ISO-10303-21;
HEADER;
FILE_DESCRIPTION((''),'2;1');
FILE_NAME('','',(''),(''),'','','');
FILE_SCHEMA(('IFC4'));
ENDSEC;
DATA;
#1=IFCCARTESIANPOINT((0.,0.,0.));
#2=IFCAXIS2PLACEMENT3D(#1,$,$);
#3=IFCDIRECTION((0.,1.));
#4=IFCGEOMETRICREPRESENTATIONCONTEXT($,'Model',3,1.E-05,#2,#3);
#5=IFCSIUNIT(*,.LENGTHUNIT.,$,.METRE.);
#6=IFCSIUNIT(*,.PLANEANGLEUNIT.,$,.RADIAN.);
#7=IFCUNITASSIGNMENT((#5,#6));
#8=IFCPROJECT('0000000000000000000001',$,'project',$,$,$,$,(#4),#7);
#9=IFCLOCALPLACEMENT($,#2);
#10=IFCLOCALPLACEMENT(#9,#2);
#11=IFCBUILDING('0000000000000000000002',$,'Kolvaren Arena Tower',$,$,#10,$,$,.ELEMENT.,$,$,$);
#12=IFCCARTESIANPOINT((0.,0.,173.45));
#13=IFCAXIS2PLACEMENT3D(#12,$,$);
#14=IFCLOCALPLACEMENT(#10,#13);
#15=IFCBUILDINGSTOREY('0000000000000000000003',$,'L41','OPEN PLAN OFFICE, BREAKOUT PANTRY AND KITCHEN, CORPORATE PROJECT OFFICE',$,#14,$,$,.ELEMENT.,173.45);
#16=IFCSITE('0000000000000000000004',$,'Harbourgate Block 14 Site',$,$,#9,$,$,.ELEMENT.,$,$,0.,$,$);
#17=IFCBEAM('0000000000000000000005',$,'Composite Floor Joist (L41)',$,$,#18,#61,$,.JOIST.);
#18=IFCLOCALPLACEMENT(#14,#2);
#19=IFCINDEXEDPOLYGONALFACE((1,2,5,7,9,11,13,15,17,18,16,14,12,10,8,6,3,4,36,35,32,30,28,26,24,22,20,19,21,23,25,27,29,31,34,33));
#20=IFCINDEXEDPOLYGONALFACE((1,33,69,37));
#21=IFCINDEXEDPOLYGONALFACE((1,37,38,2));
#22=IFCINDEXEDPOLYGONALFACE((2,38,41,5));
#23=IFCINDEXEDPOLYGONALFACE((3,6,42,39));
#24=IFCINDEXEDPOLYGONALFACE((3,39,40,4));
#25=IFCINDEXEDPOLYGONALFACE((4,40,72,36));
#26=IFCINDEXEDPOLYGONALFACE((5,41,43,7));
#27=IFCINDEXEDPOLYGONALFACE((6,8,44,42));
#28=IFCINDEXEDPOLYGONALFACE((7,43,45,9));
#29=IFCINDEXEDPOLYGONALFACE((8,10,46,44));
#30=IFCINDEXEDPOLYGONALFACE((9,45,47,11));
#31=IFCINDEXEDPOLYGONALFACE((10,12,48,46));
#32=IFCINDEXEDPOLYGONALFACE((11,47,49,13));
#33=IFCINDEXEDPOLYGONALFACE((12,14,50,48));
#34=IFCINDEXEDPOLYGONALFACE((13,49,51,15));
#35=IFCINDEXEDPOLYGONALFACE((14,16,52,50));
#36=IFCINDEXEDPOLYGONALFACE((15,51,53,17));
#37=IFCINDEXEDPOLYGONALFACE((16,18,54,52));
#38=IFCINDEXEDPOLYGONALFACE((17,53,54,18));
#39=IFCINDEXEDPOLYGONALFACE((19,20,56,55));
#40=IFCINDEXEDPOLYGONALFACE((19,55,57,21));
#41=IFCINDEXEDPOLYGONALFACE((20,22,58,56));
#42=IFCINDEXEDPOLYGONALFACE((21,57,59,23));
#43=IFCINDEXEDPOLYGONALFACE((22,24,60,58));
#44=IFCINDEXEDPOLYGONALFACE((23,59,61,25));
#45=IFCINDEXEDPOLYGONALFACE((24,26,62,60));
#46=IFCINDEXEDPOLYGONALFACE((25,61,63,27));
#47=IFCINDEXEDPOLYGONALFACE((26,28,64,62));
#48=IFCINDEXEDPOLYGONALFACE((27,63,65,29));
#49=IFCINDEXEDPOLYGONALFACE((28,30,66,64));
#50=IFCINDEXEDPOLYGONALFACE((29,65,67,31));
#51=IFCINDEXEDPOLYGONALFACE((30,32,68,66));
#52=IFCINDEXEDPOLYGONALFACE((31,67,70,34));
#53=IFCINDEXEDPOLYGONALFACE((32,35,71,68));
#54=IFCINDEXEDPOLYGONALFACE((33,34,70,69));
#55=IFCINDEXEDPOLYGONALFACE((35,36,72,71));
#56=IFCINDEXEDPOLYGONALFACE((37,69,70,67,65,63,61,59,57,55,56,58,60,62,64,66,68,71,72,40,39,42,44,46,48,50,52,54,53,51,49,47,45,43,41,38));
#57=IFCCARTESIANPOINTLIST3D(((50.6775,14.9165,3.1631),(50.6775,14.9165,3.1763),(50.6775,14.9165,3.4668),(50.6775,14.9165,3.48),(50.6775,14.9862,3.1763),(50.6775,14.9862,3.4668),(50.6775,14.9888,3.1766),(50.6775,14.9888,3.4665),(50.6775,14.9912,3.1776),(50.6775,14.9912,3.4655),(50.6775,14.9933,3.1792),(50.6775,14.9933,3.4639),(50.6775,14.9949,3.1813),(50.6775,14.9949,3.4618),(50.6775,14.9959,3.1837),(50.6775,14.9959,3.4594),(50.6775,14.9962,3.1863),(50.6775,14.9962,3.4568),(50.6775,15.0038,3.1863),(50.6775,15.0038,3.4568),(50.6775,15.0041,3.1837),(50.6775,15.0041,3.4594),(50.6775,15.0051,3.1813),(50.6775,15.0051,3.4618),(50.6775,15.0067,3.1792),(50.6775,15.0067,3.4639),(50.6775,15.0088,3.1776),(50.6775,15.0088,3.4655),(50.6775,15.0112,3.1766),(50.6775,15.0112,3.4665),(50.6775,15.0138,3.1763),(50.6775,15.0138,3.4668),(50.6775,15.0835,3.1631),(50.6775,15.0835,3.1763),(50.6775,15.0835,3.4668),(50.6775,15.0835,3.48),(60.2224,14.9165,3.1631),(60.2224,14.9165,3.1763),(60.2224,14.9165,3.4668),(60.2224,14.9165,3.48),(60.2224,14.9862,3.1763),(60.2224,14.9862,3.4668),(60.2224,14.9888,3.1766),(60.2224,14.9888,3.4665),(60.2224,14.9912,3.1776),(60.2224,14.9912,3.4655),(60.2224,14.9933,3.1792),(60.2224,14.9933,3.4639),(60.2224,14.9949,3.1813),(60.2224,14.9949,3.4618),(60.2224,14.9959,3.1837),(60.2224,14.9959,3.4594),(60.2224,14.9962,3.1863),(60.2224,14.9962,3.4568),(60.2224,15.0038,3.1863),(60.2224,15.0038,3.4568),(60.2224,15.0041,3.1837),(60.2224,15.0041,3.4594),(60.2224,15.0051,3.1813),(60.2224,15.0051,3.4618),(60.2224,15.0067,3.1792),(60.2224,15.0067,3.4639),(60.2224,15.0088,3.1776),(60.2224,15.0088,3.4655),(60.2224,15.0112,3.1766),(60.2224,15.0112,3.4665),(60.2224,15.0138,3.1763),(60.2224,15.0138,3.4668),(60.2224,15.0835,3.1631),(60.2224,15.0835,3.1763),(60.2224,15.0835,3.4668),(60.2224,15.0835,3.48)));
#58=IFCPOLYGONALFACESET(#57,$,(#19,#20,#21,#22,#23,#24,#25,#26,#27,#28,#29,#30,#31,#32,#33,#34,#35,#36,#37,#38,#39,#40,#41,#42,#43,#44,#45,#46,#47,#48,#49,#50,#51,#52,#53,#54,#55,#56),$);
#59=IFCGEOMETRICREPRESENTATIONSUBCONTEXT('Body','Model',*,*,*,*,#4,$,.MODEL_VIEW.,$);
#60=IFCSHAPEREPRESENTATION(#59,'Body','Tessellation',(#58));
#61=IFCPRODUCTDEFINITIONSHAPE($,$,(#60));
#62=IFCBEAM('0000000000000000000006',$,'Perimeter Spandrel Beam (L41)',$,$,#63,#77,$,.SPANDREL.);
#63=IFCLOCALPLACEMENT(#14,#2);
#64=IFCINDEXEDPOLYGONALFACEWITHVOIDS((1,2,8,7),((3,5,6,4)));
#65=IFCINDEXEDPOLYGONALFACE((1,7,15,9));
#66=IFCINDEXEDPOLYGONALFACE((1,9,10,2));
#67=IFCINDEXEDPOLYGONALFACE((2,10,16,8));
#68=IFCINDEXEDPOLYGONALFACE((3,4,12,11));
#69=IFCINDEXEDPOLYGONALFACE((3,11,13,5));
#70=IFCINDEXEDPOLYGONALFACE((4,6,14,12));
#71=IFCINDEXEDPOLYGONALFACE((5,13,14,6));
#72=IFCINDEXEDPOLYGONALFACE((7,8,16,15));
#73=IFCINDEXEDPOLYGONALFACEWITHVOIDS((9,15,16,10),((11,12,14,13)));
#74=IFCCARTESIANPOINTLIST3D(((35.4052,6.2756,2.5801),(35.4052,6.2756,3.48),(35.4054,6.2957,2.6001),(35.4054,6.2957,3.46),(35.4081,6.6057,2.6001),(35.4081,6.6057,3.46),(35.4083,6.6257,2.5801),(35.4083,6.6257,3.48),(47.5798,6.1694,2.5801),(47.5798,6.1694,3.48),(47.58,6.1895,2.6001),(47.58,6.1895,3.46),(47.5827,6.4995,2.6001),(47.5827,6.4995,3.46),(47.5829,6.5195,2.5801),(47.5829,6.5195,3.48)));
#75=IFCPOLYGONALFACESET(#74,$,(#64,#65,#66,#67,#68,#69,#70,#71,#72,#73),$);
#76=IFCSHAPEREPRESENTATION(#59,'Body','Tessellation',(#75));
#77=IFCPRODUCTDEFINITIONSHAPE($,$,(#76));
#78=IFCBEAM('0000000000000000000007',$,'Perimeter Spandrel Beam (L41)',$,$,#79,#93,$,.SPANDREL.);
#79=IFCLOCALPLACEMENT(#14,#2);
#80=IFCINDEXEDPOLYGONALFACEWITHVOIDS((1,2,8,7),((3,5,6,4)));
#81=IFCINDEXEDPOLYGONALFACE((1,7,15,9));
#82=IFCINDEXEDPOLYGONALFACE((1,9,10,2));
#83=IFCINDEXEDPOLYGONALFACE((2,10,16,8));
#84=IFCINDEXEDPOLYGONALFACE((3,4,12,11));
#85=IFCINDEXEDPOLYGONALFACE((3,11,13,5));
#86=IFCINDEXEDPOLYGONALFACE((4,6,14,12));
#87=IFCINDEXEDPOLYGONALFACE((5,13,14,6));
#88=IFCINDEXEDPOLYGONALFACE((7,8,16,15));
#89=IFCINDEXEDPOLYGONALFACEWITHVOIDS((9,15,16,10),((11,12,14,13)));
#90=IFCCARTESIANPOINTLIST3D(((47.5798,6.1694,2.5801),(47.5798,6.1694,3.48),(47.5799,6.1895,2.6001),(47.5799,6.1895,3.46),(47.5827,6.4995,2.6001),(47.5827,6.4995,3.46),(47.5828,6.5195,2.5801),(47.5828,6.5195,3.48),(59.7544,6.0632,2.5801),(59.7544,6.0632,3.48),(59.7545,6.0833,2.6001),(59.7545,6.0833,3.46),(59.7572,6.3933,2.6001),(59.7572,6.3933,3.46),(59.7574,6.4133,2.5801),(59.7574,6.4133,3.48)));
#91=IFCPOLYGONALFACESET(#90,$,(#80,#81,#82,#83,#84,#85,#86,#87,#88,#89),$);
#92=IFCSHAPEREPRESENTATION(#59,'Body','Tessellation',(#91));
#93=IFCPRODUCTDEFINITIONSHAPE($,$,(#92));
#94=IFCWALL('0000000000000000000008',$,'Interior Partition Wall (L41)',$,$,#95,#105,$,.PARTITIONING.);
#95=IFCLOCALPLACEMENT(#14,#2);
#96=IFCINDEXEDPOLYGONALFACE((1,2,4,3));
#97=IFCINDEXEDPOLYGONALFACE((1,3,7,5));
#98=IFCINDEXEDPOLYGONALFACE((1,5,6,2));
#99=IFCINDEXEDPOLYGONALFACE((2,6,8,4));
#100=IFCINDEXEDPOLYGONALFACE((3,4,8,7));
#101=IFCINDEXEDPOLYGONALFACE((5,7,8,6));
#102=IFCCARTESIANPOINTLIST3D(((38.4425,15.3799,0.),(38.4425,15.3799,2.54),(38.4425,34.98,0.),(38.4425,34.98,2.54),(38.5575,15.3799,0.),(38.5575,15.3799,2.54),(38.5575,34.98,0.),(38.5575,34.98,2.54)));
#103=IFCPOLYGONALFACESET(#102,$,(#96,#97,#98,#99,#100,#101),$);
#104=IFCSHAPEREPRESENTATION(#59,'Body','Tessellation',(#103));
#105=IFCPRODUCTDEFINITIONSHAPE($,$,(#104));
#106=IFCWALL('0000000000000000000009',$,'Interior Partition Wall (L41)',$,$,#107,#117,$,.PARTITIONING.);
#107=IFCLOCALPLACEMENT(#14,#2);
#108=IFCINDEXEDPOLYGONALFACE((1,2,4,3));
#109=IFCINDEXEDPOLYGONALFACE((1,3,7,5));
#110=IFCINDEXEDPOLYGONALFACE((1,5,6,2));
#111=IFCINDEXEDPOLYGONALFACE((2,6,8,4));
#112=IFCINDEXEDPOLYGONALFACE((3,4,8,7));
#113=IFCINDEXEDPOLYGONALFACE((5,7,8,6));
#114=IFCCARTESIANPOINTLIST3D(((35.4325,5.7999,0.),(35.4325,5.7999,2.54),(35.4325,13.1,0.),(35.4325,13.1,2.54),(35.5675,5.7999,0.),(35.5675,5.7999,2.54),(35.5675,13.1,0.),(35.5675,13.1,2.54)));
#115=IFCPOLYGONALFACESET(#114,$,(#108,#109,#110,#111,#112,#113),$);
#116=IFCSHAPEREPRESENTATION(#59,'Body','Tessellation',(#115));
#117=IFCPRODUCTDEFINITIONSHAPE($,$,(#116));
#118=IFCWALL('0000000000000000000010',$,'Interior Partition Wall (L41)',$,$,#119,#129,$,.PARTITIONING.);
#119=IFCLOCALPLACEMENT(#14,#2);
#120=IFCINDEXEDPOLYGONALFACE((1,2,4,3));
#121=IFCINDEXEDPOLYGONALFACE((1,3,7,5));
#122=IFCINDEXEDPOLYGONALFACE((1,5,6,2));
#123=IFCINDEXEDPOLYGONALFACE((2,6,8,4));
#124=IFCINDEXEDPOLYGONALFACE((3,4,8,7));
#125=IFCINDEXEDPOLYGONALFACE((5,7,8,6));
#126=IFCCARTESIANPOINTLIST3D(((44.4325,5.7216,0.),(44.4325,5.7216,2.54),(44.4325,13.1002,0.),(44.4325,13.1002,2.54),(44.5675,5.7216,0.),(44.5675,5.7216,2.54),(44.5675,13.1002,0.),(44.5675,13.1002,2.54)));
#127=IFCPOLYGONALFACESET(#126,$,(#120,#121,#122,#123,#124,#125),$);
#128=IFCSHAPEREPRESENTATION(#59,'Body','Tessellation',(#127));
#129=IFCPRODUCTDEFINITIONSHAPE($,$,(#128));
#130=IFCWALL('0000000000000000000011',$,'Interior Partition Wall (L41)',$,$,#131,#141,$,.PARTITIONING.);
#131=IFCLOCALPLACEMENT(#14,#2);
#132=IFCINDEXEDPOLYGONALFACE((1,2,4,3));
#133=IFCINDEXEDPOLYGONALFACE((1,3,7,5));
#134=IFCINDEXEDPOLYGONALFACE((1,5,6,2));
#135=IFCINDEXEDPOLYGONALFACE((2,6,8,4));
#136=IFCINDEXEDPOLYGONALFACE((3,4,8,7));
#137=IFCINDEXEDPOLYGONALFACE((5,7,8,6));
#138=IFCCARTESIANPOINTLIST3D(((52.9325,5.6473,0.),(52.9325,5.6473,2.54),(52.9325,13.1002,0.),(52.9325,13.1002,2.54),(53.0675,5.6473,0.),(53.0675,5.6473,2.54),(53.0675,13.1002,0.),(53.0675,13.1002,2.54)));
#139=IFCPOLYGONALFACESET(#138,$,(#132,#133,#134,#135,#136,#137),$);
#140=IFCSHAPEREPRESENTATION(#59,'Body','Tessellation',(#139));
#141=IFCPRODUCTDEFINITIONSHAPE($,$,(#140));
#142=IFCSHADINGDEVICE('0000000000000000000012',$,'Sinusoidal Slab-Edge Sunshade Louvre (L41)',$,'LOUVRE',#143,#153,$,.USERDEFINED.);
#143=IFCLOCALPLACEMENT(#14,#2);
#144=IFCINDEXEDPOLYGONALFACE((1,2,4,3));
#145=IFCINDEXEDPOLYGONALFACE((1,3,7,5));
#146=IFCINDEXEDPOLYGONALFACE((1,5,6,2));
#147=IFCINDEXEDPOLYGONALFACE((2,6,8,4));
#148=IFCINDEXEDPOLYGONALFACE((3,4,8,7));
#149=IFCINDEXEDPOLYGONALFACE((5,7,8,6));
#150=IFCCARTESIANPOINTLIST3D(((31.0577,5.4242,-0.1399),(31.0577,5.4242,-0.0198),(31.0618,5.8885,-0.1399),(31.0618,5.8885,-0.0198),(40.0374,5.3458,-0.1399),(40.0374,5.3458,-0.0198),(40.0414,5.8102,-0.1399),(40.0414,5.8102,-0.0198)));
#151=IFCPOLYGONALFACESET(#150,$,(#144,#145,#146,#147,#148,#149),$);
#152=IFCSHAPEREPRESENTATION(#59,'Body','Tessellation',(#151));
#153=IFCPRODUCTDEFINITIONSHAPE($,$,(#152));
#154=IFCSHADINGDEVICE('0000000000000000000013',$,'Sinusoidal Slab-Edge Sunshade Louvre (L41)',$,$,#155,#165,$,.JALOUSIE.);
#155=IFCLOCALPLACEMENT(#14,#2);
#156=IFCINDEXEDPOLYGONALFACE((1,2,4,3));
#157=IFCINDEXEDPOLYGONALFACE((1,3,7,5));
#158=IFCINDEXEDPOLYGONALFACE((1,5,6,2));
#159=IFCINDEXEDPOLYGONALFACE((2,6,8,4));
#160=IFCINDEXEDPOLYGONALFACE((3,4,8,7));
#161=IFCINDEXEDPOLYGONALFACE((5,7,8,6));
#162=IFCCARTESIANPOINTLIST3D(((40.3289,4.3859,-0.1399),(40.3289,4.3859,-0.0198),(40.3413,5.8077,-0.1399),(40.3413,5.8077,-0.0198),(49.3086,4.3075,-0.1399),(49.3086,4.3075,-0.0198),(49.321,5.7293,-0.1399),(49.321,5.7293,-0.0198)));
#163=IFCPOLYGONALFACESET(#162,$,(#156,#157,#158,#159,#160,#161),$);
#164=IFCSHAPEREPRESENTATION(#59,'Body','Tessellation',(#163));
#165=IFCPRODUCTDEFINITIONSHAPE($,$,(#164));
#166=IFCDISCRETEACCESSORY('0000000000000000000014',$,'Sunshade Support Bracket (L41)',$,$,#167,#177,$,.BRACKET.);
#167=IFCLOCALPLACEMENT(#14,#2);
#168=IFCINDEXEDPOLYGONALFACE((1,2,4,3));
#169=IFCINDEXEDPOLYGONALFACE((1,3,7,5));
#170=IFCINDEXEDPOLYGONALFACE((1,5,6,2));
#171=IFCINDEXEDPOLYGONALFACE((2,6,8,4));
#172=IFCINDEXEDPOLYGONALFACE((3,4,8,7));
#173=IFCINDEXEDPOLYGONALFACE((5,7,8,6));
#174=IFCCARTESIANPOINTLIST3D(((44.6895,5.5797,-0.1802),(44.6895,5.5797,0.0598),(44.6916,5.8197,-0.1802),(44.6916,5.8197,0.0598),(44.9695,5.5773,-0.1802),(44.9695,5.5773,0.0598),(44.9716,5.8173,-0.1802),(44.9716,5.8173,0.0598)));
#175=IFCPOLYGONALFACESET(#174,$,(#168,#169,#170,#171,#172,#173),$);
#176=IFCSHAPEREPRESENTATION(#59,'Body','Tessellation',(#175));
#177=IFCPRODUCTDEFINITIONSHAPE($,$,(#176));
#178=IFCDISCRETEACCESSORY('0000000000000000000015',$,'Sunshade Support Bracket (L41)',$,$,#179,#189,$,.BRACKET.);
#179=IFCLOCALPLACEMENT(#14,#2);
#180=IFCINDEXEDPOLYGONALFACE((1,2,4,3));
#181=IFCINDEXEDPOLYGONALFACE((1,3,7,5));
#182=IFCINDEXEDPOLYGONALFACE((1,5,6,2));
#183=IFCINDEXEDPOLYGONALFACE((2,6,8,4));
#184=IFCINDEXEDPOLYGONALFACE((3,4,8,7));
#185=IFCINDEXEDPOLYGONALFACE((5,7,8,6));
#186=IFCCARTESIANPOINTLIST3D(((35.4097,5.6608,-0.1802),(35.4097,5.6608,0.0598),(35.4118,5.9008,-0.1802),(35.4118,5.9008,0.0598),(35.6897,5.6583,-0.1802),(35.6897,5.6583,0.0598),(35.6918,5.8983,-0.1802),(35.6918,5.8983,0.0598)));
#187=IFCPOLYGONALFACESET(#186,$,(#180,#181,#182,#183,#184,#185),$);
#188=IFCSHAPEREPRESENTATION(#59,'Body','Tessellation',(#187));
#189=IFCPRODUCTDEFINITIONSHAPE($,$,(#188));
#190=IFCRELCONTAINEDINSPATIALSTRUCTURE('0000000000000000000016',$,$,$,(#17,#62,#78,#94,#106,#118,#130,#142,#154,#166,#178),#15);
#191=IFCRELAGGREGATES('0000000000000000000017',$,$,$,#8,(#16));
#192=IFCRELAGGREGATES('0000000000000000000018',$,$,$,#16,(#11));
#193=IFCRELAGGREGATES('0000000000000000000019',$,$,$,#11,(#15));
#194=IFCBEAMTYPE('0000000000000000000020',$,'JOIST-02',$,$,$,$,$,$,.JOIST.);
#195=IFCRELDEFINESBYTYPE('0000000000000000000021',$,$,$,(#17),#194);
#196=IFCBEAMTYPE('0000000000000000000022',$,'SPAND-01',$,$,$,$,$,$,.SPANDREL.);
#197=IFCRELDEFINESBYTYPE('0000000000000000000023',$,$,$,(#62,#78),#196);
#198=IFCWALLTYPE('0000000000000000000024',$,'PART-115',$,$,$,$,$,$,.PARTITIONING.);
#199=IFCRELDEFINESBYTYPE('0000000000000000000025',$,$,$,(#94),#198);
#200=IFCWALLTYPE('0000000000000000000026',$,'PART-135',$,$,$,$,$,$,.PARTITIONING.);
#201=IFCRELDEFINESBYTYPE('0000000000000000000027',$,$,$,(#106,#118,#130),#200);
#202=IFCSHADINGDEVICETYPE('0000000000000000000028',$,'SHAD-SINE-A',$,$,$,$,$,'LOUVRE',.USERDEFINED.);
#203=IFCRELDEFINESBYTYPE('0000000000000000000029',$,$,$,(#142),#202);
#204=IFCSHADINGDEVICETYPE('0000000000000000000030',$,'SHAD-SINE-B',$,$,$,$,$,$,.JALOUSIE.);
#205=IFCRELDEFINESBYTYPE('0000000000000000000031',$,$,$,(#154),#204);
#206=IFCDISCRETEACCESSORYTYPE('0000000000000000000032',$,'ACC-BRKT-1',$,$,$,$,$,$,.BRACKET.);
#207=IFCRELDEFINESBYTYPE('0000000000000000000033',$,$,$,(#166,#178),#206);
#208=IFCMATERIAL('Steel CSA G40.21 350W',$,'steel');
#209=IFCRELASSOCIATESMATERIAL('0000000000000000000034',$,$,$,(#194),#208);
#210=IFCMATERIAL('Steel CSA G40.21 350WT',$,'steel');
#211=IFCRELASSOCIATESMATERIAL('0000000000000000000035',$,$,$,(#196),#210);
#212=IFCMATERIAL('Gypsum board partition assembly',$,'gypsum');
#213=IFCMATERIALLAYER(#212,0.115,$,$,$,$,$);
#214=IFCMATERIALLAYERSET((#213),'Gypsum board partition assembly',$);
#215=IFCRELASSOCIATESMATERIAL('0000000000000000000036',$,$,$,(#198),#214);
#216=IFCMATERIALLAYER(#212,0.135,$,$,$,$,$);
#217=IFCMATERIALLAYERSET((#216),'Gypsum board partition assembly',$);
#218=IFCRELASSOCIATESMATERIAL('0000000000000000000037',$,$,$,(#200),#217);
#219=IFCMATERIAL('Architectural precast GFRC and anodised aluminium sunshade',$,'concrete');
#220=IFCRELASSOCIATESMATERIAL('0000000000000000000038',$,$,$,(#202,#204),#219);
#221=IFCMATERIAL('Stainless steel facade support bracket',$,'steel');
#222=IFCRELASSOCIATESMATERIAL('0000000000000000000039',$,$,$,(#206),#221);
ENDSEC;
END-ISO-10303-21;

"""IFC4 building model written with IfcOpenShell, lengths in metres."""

from ifc_helpers import new_model, si_unit, direction, frame, frame_2d, origin, origin_2d, place, context, subcontext, project, spatial, rectangle, hollow_rectangle, i_section, extrude, material, layer, layer_set, material_profile, profile_set, type_object, element, save


model = new_model("IFC4")

# Units and contexts
model_context = context("Model", 3, precision=1e-05, world=origin(), true_north=direction((0.0, 1.0)))
body_context = subcontext(model_context, "Body", "Model", "MODEL_VIEW")
ifc_project = project(units=[si_unit("LENGTHUNIT", "METRE"), si_unit("PLANEANGLEUNIT", "RADIAN")], contexts=[model_context])

# Site, building, storey
site_placement = place(None, origin())
site = spatial("IfcSite", under=ifc_project, at=site_placement, Name="Harbourgate Block 14 Site", CompositionType="ELEMENT", RefElevation=0.0)
building_placement = place(site_placement, origin())
building = spatial("IfcBuilding", under=site, at=building_placement, Name="Kolvaren Arena Tower", CompositionType="ELEMENT")
storey_placement = place(building_placement, frame((0.0, 0.0, 173.45)))
storey = spatial("IfcBuildingStorey", under=building, at=storey_placement, Name="L41", Description="OPEN PLAN OFFICE, BREAKOUT PANTRY AND KITCHEN, CORPORATE PROJECT OFFICE", CompositionType="ELEMENT", Elevation=173.45)

# Beams
ifc_material_1 = material(Name="Steel CSA G40.21 350W", Category="steel")
ifc_material_profile_1 = material_profile(ifc_material_1, i_section(OverallWidth=0.167, OverallDepth=0.3169, WebThickness=0.0076, FlangeThickness=0.0132, FilletRadius=0.01, at=origin_2d()), Name="W310x52")
ifc_profile_set_1 = profile_set([ifc_material_profile_1], Name="Steel CSA G40.21 350W")
beam_type_1 = type_object("IfcBeamType", Name="JOIST-02", PredefinedType="JOIST", material=ifc_profile_set_1)
beam_1_placement = place(storey_placement, frame((50.6775, 15.0, 3.3215), z_axis=(1.0, 0.0, 0.0), x_axis=(0.0, 1.0, 0.0)))
element("IfcBeam", 1, at=beam_1_placement, inside=storey, type_object=beam_type_1, Name="Composite Floor Joist (L41)", PredefinedType="JOIST", context=body_context, shape_type="SweptSolid", body=[
    extrude(i_section(OverallWidth=0.167, OverallDepth=0.3169, WebThickness=0.0076, FlangeThickness=0.0132, FilletRadius=0.01, at=origin_2d()), origin(), (0.0, 0.0, 1.0), 9.5449),
])
ifc_material_2 = material(Name="Steel CSA G40.21 350WT", Category="steel")
ifc_material_profile_2 = material_profile(ifc_material_2, hollow_rectangle(XDim=0.3501, YDim=0.8999, WallThickness=0.02, at=origin_2d()), Name="HSS 900x350x20")
ifc_profile_set_2 = profile_set([ifc_material_profile_2], Name="Steel CSA G40.21 350WT")
beam_type_2 = type_object("IfcBeamType", Name="SPAND-01", PredefinedType="SPANDREL", material=ifc_profile_set_2)
for number, where, z_axis, x_axis, name in (
    (2, (35.4067, 6.4507, 3.03), (0.999962, -0.008723, 0.0), (0.008723, 0.999962, 0.0), "Perimeter Spandrel Beam (L41)"),
    (3, (47.5813, 6.3445, 3.03), (0.999962, -0.008723, 0.0), (0.008723, 0.999962, 0.0), "Perimeter Spandrel Beam (L41)"),
):
    element("IfcBeam", number, at=place(storey_placement, frame(where, z_axis=z_axis, x_axis=x_axis)), inside=storey, type_object=beam_type_2, Name=name, PredefinedType="SPANDREL", context=body_context, shape_type="SweptSolid", body=[
        extrude(hollow_rectangle(XDim=0.3501, YDim=0.8999, WallThickness=0.02, at=origin_2d()), origin(), (0.0, 0.0, 1.0), 12.175),
    ])

# Walls
ifc_material_3 = material(Name="Gypsum board partition assembly", Category="gypsum")
ifc_layer_1 = layer(ifc_material_3, 0.115)
ifc_layer_set_1 = layer_set([ifc_layer_1], Name="Gypsum board partition assembly")
wall_type_1 = type_object("IfcWallType", Name="PART-115", PredefinedType="PARTITIONING", material=ifc_layer_set_1)
wall_1_placement = place(storey_placement, frame((38.5, 15.3799, 0.0), z_axis=(0.0, 0.0, 1.0), x_axis=(0.0, 1.0, 0.0)))
element("IfcWall", 4, at=wall_1_placement, inside=storey, type_object=wall_type_1, Name="Interior Partition Wall (L41)", PredefinedType="PARTITIONING", context=body_context, shape_type="SweptSolid", body=[
    extrude(rectangle(XDim=19.6001, YDim=0.115, at=frame_2d((9.8, 0.0))), origin(), (0.0, 0.0, 1.0), 2.54),
])
ifc_layer_2 = layer(ifc_material_3, 0.135)
ifc_layer_set_2 = layer_set([ifc_layer_2], Name="Gypsum board partition assembly")
wall_type_2 = type_object("IfcWallType", Name="PART-135", PredefinedType="PARTITIONING", material=ifc_layer_set_2)
wall_2_placement = place(storey_placement, frame((35.5, 5.8, 0.0), z_axis=(0.0, 0.0, 1.0), x_axis=(0.0, 1.0, 0.0)))
element("IfcWall", 5, at=wall_2_placement, inside=storey, type_object=wall_type_2, Name="Interior Partition Wall (L41)", PredefinedType="PARTITIONING", context=body_context, shape_type="SweptSolid", body=[
    extrude(rectangle(XDim=7.3, YDim=0.135, at=frame_2d((3.6499, 0.0))), origin(), (0.0, 0.0, 1.0), 2.54),
])
wall_3_placement = place(storey_placement, frame((44.5, 5.7214, 0.0), z_axis=(0.0, 0.0, 1.0), x_axis=(0.0, 1.0, 0.0)))
element("IfcWall", 6, at=wall_3_placement, inside=storey, type_object=wall_type_2, Name="Interior Partition Wall (L41)", PredefinedType="PARTITIONING", context=body_context, shape_type="SweptSolid", body=[
    extrude(rectangle(XDim=7.3787, YDim=0.135, at=frame_2d((3.6895, 0.0))), origin(), (0.0, 0.0, 1.0), 2.54),
])
wall_4_placement = place(storey_placement, frame((53.0, 5.6472, 0.0), z_axis=(0.0, 0.0, 1.0), x_axis=(0.0, 1.0, 0.0)))
element("IfcWall", 7, at=wall_4_placement, inside=storey, type_object=wall_type_2, Name="Interior Partition Wall (L41)", PredefinedType="PARTITIONING", context=body_context, shape_type="SweptSolid", body=[
    extrude(rectangle(XDim=7.4529, YDim=0.135, at=frame_2d((3.7266, 0.0))), origin(), (0.0, 0.0, 1.0), 2.54),
])

# Shading devices
ifc_material_4 = material(Name="Architectural precast GFRC and anodised aluminium sunshade", Category="concrete")
shading_device_type_1 = type_object("IfcShadingDeviceType", Name="SHAD-SINE-A", ElementType="LOUVRE", PredefinedType="USERDEFINED", material=ifc_material_4)
shading_device_1_placement = place(storey_placement, frame((35.5496, 5.6172, -0.1399), z_axis=(0.0, 0.0, 1.0), x_axis=(-0.999962, 0.008727, 0.0)))
element("IfcShadingDevice", 8, at=shading_device_1_placement, inside=storey, type_object=shading_device_type_1, Name="Sinusoidal Slab-Edge Sunshade Louvre (L41)", ObjectType="LOUVRE", PredefinedType="USERDEFINED", context=body_context, shape_type="SweptSolid", body=[
    extrude(rectangle(XDim=8.98, YDim=0.4644, at=origin_2d()), origin(), (0.0, 0.0, 1.0), 0.1201),
])
shading_device_type_2 = type_object("IfcShadingDeviceType", Name="SHAD-SINE-B", PredefinedType="JALOUSIE", material=ifc_material_4)
shading_device_2_placement = place(storey_placement, frame((44.825, 5.0576, -0.1399), z_axis=(0.0, 0.0, 1.0), x_axis=(-0.999962, 0.008727, 0.0)))
element("IfcShadingDevice", 9, at=shading_device_2_placement, inside=storey, type_object=shading_device_type_2, Name="Sinusoidal Slab-Edge Sunshade Louvre (L41)", PredefinedType="JALOUSIE", context=body_context, shape_type="SweptSolid", body=[
    extrude(rectangle(XDim=8.98, YDim=1.4219, at=origin_2d()), origin(), (0.0, 0.0, 1.0), 0.1201),
])

# Discrete accessories
ifc_material_5 = material(Name="Stainless steel facade support bracket", Category="steel")
discrete_accessory_type = type_object("IfcDiscreteAccessoryType", Name="ACC-BRKT-1", PredefinedType="BRACKET", material=ifc_material_5)
for number, where, z_axis, x_axis, name in (
    (10, (44.8306, 5.6985, -0.1802), (0.0, 0.0, 1.0), (-0.999962, 0.008727, 0.0), "Sunshade Support Bracket (L41)"),
    (11, (35.5508, 5.7795, -0.1802), (0.0, 0.0, 1.0), (-0.999962, 0.008727, 0.0), "Sunshade Support Bracket (L41)"),
):
    element("IfcDiscreteAccessory", number, at=place(storey_placement, frame(where, z_axis=z_axis, x_axis=x_axis)), inside=storey, type_object=discrete_accessory_type, Name=name, PredefinedType="BRACKET", context=body_context, shape_type="SweptSolid", body=[
        extrude(rectangle(XDim=0.28, YDim=0.24, at=origin_2d()), origin(), (0.0, 0.0, 1.0), 0.24),
    ])

save(model, "model.ifc")
